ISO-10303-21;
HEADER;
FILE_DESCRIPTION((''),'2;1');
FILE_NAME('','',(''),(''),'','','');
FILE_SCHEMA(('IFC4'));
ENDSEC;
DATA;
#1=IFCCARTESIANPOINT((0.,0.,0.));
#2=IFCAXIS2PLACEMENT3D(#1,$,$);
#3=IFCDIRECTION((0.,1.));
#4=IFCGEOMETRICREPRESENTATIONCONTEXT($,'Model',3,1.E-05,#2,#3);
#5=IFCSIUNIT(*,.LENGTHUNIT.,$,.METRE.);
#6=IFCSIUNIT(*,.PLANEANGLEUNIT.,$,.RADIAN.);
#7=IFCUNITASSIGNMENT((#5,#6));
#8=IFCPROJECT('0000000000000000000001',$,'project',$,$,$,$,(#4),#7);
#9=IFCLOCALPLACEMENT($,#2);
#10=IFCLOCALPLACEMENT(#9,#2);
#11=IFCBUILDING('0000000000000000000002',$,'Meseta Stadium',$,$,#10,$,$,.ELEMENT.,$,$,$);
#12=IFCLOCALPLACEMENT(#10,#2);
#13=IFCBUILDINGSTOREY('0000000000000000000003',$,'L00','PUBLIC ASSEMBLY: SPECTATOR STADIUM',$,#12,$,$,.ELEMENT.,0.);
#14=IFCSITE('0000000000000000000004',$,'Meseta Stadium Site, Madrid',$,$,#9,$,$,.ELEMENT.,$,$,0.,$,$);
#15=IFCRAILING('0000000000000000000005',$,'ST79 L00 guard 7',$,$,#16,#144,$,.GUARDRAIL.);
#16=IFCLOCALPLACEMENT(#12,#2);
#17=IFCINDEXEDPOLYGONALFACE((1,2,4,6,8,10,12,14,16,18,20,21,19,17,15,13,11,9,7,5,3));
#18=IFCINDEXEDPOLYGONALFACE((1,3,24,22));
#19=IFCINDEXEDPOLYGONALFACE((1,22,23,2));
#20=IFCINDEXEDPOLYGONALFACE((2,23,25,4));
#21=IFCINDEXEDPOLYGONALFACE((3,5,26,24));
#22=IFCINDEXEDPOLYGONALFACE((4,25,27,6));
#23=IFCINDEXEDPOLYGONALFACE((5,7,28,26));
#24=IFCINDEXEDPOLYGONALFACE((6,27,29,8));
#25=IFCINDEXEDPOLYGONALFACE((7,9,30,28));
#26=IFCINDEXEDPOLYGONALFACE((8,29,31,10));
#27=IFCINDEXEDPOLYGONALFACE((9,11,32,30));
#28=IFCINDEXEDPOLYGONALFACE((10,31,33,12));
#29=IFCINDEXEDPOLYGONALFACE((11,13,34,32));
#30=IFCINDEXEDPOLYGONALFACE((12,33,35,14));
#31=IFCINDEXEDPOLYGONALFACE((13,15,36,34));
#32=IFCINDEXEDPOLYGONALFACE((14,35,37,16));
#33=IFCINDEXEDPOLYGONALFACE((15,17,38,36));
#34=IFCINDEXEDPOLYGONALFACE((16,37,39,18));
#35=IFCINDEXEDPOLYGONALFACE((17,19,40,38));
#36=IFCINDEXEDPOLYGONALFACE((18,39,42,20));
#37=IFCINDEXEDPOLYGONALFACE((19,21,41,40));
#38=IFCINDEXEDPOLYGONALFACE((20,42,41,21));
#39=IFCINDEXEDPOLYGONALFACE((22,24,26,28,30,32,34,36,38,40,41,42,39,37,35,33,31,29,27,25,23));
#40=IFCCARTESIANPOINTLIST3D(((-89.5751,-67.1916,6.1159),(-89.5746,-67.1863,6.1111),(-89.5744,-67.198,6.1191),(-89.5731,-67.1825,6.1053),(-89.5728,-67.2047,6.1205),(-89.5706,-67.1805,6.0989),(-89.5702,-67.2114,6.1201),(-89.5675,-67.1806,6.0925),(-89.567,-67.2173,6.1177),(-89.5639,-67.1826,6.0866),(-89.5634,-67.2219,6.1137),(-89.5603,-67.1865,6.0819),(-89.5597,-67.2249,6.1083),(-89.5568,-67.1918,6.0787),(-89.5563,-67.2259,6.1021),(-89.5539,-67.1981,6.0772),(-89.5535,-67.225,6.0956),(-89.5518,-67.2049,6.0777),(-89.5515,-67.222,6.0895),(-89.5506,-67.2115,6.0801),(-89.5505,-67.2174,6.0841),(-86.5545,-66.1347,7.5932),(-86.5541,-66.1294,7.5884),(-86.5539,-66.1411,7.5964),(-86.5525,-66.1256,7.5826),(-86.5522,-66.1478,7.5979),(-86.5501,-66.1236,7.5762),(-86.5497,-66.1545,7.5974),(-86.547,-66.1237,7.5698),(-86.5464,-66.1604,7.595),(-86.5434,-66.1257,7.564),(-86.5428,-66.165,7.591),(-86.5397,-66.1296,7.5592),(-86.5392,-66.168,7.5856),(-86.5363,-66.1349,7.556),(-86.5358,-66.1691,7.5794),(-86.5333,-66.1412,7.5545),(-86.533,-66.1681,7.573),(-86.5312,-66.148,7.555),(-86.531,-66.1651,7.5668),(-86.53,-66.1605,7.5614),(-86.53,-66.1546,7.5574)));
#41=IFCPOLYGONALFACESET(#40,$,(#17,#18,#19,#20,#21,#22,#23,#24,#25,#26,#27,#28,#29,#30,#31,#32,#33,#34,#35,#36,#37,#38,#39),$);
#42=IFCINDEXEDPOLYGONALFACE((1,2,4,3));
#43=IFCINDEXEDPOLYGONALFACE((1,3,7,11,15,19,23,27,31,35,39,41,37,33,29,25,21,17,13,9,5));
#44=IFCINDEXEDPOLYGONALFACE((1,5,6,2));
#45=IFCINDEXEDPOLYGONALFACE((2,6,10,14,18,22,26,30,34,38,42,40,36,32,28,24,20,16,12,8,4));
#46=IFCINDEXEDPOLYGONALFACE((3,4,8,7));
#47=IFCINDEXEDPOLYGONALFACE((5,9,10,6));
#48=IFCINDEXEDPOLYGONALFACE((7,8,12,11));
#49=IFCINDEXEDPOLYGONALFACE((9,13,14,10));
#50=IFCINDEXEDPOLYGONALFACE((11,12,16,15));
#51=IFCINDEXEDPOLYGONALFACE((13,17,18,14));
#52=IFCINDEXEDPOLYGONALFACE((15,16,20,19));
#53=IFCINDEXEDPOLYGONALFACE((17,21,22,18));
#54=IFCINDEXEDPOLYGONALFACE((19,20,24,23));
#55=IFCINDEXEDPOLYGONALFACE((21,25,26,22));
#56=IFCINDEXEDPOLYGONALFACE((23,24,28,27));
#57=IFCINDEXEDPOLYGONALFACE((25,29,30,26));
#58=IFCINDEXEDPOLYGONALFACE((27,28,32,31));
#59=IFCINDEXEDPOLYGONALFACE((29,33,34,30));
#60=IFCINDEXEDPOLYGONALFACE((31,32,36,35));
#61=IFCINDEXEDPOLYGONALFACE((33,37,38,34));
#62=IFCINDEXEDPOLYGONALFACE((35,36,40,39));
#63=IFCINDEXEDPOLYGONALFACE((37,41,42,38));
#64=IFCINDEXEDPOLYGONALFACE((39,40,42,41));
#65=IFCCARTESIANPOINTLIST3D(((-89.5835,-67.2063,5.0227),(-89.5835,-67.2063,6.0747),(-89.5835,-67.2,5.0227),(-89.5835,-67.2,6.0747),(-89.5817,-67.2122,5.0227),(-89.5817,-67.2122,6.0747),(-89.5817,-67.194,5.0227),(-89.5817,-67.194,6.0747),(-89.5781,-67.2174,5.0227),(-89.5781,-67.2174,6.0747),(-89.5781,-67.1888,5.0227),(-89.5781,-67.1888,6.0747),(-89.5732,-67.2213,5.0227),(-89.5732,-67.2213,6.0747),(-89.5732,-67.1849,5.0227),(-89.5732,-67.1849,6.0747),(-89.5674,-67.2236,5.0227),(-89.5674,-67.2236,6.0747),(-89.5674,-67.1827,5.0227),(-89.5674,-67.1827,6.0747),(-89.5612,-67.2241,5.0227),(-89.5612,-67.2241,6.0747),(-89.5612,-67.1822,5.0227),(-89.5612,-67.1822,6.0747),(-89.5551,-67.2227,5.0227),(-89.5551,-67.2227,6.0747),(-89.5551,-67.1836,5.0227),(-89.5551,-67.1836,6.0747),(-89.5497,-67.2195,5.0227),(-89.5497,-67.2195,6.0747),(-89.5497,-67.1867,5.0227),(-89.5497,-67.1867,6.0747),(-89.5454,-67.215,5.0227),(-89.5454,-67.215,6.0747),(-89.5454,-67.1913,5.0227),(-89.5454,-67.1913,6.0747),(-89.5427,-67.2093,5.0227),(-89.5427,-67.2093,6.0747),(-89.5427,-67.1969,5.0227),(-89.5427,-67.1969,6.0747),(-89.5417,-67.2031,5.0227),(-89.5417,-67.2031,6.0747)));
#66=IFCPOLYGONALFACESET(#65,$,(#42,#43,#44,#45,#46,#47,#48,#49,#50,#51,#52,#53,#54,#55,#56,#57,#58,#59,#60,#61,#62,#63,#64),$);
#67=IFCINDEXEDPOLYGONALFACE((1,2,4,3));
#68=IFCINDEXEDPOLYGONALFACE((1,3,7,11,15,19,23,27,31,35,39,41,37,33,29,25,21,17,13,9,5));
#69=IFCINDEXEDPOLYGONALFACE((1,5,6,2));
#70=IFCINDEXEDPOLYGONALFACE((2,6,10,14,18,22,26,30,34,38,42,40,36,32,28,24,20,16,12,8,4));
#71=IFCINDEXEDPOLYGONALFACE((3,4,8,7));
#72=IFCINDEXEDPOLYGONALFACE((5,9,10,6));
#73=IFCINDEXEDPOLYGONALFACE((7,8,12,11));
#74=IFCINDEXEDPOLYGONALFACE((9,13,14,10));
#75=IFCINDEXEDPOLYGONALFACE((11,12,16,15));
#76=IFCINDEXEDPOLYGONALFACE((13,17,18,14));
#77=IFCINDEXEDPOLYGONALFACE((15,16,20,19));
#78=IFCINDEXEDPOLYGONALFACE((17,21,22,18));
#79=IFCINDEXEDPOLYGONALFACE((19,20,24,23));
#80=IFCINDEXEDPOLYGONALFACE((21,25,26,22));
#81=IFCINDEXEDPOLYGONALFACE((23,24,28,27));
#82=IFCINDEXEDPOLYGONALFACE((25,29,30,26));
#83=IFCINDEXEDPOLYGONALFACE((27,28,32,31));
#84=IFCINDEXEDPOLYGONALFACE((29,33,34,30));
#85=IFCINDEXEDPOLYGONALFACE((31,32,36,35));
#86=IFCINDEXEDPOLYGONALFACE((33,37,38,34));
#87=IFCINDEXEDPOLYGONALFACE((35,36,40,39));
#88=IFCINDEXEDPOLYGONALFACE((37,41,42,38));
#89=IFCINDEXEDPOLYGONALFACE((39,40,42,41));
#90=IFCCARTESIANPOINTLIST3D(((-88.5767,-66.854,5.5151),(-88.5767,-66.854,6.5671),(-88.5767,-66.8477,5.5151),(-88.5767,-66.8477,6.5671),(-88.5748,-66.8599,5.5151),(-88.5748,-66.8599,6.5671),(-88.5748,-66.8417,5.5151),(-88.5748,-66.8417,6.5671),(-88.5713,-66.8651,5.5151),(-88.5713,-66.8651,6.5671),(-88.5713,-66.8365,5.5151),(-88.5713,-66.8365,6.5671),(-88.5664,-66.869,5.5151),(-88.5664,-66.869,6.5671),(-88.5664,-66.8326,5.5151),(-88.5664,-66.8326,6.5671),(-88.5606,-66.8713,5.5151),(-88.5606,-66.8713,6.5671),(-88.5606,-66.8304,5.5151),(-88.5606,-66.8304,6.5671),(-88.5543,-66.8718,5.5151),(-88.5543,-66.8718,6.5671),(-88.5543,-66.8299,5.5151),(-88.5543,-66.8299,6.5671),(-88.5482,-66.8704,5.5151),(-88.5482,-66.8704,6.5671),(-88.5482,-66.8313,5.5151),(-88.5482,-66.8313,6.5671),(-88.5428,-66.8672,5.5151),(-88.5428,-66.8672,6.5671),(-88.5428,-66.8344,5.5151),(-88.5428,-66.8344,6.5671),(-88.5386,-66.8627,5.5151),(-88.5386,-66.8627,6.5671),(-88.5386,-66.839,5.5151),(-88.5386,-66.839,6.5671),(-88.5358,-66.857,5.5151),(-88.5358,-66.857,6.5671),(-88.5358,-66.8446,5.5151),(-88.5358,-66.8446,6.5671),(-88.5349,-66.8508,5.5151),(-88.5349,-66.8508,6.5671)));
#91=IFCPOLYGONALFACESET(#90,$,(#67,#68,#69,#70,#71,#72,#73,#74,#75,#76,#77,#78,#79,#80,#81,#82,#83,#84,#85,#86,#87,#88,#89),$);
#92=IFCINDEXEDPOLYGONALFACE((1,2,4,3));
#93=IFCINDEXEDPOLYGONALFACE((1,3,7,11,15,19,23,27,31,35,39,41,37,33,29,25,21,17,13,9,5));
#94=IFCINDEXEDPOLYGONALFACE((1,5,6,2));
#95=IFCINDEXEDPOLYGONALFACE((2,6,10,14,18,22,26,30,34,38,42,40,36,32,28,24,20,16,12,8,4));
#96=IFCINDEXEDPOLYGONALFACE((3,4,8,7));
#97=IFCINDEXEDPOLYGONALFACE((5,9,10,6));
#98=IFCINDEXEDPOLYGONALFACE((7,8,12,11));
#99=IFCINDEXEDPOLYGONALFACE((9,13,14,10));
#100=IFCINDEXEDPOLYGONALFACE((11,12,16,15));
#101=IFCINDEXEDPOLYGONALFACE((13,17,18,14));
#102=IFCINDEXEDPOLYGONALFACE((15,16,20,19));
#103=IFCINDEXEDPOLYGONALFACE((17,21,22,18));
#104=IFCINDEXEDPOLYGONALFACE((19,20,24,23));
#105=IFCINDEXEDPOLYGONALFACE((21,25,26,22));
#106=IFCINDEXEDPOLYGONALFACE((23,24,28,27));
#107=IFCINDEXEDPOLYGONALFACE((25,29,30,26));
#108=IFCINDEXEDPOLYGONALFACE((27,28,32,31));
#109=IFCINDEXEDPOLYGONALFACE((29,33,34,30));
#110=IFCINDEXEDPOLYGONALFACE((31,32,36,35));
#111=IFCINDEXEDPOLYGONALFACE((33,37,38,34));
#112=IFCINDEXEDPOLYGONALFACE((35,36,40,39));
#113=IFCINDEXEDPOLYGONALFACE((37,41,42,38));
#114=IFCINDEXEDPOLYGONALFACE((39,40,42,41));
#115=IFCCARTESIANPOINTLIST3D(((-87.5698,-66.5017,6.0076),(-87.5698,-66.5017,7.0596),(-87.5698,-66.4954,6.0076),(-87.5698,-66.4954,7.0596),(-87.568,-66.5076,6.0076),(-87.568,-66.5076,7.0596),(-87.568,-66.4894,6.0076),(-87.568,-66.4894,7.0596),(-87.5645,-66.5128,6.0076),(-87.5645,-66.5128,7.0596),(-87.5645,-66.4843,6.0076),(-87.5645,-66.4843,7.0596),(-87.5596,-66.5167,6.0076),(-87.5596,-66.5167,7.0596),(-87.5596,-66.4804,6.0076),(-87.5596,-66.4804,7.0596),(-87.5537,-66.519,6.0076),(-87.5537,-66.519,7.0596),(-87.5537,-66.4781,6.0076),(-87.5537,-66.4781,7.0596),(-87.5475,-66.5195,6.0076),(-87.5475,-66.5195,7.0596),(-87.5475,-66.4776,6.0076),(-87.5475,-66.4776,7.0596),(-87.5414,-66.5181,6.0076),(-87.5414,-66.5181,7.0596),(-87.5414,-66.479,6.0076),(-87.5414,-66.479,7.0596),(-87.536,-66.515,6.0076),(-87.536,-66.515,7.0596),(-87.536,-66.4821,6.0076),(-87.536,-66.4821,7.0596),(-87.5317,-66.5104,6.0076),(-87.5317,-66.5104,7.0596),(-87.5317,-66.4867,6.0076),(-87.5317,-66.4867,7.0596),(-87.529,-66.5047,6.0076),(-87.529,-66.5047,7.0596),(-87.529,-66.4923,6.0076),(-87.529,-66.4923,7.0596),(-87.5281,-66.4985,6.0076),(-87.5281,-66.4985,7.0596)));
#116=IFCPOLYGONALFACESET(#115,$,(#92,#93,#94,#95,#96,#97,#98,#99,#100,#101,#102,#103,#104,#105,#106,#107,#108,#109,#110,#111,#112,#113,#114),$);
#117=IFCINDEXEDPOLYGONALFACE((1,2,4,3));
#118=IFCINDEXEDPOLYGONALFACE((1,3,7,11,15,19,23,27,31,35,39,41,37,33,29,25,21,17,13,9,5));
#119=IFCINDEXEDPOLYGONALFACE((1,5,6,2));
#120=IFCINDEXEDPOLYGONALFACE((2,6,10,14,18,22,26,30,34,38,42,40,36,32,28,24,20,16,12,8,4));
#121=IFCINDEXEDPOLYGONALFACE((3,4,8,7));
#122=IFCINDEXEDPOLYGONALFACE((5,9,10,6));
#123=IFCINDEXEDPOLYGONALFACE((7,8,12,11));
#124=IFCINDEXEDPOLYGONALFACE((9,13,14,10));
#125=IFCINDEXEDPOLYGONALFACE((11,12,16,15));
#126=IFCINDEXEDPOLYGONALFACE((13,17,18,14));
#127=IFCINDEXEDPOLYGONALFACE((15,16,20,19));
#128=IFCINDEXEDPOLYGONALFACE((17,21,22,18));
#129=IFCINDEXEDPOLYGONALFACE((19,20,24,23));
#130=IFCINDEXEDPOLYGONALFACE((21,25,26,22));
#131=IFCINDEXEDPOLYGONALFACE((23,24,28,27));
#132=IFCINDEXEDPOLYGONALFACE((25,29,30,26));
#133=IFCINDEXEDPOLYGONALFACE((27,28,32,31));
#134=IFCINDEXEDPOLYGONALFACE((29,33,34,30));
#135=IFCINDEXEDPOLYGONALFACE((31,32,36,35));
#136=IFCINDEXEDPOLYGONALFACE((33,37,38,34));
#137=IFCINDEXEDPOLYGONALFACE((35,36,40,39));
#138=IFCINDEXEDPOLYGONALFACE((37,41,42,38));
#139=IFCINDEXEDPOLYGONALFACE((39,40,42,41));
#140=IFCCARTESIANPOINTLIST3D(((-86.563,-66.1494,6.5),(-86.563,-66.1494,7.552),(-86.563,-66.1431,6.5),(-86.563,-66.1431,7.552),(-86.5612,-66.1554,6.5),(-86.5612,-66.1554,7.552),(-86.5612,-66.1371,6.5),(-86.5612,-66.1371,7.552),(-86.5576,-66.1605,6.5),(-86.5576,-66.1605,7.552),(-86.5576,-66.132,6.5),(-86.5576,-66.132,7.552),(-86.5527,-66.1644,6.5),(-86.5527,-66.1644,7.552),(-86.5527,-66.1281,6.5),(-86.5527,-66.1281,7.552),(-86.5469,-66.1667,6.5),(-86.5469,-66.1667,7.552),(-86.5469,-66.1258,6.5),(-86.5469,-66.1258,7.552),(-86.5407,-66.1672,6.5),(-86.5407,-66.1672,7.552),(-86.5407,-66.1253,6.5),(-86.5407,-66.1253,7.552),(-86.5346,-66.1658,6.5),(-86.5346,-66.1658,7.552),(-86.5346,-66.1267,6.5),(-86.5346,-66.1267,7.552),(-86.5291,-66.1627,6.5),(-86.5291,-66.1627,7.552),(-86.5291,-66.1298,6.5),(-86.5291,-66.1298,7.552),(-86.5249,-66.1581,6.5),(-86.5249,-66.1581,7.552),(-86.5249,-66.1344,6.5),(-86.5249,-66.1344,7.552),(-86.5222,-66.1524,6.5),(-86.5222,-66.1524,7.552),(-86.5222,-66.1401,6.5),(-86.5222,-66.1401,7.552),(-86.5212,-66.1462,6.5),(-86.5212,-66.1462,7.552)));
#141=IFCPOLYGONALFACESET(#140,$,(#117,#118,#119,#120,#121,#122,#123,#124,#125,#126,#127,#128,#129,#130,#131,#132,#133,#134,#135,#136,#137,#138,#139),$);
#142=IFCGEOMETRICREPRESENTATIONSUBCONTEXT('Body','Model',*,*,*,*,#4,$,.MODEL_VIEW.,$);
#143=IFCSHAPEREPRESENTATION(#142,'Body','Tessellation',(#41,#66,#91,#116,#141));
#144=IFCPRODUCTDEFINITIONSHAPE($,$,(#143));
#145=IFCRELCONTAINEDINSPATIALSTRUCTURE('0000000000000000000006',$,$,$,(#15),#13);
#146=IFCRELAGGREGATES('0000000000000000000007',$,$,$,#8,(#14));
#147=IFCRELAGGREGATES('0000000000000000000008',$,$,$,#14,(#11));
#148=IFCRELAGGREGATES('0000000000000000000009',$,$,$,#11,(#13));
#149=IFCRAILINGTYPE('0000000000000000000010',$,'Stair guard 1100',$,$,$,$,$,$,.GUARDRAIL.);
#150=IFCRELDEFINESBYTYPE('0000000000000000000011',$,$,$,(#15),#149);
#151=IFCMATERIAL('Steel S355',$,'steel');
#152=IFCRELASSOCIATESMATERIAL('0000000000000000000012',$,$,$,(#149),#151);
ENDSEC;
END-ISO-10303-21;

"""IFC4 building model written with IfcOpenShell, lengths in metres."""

from ifc_helpers import new_model, si_unit, direction, frame, origin, origin_2d, place, context, subcontext, project, spatial, circle, extrude, material, type_object, element, save


model = new_model("IFC4")

# Units and contexts
model_context = context("Model", 3, precision=1e-05, world=origin(), true_north=direction((0.0, 1.0)))
body_context = subcontext(model_context, "Body", "Model", "MODEL_VIEW")
ifc_project = project(units=[si_unit("LENGTHUNIT", "METRE"), si_unit("PLANEANGLEUNIT", "RADIAN")], contexts=[model_context])

# Site, building, storey
site_placement = place(None, origin())
site = spatial("IfcSite", under=ifc_project, at=site_placement, Name="Meseta Stadium Site, Madrid", CompositionType="ELEMENT", RefElevation=0.0)
building_placement = place(site_placement, origin())
building = spatial("IfcBuilding", under=site, at=building_placement, Name="Meseta Stadium", CompositionType="ELEMENT")
storey_placement = place(building_placement, origin())
storey = spatial("IfcBuildingStorey", under=building, at=storey_placement, Name="L00", Description="PUBLIC ASSEMBLY: SPECTATOR STADIUM", CompositionType="ELEMENT", Elevation=0.0)

# Railing
ifc_material_1 = material(Name="Steel S355", Category="steel")
railing_type_1 = type_object("IfcRailingType", Name="Stair guard 1100", PredefinedType="GUARDRAIL", material=ifc_material_1)
railing_1_placement = place(storey_placement, frame((-89.5627, -67.2031, 5.0227)))
element("IfcRailing", 1, at=railing_1_placement, inside=storey, type_object=railing_type_1, Name="ST79 L00 guard 7", PredefinedType="GUARDRAIL", context=body_context, shape_type="SweptSolid", body=[
    extrude(circle(Radius=0.0239, at=origin_2d()), frame((0.0, 0.0, 1.0762), z_axis=(0.856977, 0.299859, 0.419137), x_axis=(-0.330269, 0.943887, 0.0)), (0.0, 0.0, 1.0), 3.5247),
    extrude(circle(Radius=0.021, at=origin_2d()), origin(), (0.0, 0.0, 1.0), 1.052),
    extrude(circle(Radius=0.021, at=origin_2d()), frame((1.0068, 0.3523, 0.4924)), (0.0, 0.0, 1.0), 1.052),
    extrude(circle(Radius=0.021, at=origin_2d()), frame((2.0137, 0.7046, 0.9849)), (0.0, 0.0, 1.0), 1.052),
    extrude(circle(Radius=0.021, at=origin_2d()), frame((3.0205, 1.0569, 1.4773)), (0.0, 0.0, 1.0), 1.052),
])

save(model, "model.ifc")
